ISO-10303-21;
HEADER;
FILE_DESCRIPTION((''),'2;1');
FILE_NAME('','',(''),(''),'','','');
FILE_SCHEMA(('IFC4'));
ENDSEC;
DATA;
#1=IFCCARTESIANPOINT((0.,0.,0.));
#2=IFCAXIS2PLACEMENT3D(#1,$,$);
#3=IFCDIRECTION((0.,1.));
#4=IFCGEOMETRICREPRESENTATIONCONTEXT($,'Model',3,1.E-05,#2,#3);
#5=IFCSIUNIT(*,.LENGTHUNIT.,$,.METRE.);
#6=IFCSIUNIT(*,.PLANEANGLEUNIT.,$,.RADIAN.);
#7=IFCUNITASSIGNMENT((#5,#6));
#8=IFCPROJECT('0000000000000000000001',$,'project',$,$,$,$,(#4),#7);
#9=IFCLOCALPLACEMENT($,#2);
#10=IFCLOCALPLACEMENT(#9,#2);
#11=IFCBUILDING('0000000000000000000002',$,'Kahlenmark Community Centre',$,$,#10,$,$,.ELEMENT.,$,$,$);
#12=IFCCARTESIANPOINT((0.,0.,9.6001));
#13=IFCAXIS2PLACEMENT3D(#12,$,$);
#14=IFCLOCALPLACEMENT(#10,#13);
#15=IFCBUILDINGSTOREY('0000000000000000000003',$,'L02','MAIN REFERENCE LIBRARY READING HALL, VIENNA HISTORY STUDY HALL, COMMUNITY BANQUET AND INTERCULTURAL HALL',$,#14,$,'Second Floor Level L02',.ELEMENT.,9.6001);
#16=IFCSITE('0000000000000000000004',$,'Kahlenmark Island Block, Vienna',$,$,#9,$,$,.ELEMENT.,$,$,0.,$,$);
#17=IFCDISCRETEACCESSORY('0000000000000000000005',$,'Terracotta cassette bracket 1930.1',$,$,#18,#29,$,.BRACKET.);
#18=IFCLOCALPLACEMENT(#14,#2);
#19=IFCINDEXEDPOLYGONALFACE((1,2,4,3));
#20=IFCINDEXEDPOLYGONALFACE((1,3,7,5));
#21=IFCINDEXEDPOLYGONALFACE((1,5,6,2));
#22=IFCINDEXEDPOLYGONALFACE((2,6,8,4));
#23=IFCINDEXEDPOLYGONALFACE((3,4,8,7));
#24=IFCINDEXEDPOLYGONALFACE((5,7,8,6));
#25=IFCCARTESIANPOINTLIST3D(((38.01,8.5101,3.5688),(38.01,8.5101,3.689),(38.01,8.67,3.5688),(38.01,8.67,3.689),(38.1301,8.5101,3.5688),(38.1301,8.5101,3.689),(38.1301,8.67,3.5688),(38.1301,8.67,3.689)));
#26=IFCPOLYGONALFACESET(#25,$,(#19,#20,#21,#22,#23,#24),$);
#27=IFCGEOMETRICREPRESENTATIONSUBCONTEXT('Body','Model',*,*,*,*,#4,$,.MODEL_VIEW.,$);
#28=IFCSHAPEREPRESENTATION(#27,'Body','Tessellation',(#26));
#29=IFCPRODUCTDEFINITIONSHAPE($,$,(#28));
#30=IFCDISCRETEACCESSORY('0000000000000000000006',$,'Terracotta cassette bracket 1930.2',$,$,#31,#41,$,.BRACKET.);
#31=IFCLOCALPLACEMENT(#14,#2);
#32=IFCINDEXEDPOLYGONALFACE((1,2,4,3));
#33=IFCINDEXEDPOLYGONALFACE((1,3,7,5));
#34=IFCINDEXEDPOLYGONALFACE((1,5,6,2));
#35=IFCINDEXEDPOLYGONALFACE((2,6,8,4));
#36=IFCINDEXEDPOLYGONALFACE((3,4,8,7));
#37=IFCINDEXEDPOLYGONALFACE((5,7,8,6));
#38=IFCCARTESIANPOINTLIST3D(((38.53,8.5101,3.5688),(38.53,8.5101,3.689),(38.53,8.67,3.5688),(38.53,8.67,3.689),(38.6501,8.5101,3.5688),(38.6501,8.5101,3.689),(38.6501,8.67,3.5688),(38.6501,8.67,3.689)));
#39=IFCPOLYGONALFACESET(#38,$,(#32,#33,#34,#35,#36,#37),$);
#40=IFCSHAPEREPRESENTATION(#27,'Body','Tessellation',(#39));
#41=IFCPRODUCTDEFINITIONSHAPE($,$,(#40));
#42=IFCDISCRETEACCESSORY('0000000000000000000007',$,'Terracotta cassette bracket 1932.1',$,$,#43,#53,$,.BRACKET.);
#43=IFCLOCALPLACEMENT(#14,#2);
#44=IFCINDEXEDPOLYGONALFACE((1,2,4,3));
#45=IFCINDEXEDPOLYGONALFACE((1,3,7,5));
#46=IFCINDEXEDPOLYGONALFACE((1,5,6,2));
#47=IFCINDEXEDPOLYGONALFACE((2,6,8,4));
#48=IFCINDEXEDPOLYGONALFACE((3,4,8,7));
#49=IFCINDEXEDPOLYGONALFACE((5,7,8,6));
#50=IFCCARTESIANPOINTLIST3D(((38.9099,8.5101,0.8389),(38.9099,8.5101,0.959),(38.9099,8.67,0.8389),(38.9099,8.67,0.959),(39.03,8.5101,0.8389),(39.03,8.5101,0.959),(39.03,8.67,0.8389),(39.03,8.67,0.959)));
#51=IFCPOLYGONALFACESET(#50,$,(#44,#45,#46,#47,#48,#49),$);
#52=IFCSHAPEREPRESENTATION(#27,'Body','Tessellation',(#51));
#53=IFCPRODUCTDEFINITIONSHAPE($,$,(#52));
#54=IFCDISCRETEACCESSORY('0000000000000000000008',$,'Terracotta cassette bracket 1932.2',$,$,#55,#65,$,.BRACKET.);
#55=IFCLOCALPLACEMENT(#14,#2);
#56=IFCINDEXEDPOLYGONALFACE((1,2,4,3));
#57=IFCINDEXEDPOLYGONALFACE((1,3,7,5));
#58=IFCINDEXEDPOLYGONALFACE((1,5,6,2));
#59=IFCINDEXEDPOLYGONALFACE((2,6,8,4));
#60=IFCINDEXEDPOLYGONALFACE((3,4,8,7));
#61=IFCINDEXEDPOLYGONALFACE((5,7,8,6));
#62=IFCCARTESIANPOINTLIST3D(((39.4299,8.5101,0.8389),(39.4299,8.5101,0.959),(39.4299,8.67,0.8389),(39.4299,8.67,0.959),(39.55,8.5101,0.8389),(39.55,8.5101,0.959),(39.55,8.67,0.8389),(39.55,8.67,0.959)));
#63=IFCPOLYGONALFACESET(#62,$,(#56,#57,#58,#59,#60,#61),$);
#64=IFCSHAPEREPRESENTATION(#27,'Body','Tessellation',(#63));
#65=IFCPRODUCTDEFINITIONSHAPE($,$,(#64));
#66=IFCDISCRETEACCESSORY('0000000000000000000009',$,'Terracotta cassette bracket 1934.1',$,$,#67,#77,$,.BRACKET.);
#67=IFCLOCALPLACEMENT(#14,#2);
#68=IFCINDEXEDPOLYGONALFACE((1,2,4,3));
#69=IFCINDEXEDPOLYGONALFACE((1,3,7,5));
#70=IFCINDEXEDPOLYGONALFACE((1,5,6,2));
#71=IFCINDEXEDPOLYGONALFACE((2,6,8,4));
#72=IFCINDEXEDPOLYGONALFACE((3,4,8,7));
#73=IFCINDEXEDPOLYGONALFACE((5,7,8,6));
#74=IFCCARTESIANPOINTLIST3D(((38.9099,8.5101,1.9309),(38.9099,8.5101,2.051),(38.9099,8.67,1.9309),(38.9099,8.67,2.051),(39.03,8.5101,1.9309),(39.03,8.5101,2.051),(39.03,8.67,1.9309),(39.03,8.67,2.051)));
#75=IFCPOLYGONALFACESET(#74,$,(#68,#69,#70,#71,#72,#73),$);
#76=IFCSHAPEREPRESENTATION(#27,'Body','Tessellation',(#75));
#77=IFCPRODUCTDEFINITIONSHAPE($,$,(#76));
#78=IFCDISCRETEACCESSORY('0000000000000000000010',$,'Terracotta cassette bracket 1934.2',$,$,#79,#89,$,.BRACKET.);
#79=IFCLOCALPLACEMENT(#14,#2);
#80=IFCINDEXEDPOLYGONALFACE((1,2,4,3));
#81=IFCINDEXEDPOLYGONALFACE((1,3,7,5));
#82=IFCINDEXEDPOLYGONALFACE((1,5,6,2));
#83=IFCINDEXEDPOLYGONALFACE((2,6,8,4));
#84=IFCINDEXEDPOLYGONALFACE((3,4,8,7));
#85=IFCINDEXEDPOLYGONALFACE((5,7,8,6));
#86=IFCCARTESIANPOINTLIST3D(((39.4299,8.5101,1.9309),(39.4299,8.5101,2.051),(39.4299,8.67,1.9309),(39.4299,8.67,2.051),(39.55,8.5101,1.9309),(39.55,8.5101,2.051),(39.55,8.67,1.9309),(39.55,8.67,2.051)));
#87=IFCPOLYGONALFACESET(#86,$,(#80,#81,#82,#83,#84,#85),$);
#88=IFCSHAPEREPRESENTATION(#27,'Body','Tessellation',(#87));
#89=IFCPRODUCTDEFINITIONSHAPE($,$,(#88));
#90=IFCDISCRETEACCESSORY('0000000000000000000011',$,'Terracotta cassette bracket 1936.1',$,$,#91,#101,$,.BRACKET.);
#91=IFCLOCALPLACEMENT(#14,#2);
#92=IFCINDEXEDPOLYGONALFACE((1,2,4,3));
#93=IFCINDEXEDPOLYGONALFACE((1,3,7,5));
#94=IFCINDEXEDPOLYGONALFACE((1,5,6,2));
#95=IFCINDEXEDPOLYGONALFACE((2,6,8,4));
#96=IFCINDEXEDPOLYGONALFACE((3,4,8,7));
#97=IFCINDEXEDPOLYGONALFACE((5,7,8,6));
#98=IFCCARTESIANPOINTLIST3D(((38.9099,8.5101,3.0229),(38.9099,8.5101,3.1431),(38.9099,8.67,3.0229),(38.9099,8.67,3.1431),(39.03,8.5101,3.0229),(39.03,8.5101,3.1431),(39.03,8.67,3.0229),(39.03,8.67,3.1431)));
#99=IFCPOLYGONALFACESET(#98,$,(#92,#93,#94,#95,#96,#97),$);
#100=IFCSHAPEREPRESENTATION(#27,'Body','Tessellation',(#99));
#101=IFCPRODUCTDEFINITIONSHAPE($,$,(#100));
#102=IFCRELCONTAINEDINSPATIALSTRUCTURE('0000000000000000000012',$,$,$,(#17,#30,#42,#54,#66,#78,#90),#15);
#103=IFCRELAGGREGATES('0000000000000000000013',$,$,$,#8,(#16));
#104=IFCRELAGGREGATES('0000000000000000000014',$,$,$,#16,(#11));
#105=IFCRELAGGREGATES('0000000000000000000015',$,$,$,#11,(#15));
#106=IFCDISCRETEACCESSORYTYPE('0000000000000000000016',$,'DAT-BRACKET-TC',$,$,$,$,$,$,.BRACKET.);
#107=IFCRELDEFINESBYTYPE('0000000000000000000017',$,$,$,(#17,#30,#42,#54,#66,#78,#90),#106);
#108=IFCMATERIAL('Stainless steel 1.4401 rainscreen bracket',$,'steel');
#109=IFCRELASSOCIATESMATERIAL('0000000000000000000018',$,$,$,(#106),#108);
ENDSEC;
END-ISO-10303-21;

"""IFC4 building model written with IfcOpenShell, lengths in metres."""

from ifc_helpers import new_model, si_unit, direction, frame, origin, origin_2d, place, context, subcontext, project, spatial, rectangle, extrude, material, type_object, element, save


model = new_model("IFC4")

# Units and contexts
model_context = context("Model", 3, precision=1e-05, world=origin(), true_north=direction((0.0, 1.0)))
body_context = subcontext(model_context, "Body", "Model", "MODEL_VIEW")
ifc_project = project(units=[si_unit("LENGTHUNIT", "METRE"), si_unit("PLANEANGLEUNIT", "RADIAN")], contexts=[model_context])

# Site, building, storey
site_placement = place(None, origin())
site = spatial("IfcSite", under=ifc_project, at=site_placement, Name="Kahlenmark Island Block, Vienna", CompositionType="ELEMENT", RefElevation=0.0)
building_placement = place(site_placement, origin())
building = spatial("IfcBuilding", under=site, at=building_placement, Name="Kahlenmark Community Centre", CompositionType="ELEMENT")
storey_placement = place(building_placement, frame((0.0, 0.0, 9.6001)))
storey = spatial("IfcBuildingStorey", under=building, at=storey_placement, Name="L02", Description="MAIN REFERENCE LIBRARY READING HALL, VIENNA HISTORY STUDY HALL, COMMUNITY BANQUET AND INTERCULTURAL HALL", LongName="Second Floor Level L02", CompositionType="ELEMENT", Elevation=9.6001)

# Discrete accessories
ifc_material_1 = material(Name="Stainless steel 1.4401 rainscreen bracket", Category="steel")
discrete_accessory_type = type_object("IfcDiscreteAccessoryType", Name="DAT-BRACKET-TC", PredefinedType="BRACKET", material=ifc_material_1)
for number, where, z_axis, x_axis, name in (
    (1, (38.0701, 8.5901, 3.5688), (0.0, 0.0, 1.0), (1.0, 0.0, 0.0), "Terracotta cassette bracket 1930.1"),
    (2, (38.5901, 8.5901, 3.5688), (0.0, 0.0, 1.0), (1.0, 0.0, 0.0), "Terracotta cassette bracket 1930.2"),
    (3, (38.97, 8.5901, 0.8389), (0.0, 0.0, 1.0), (1.0, 0.0, 0.0), "Terracotta cassette bracket 1932.1"),
    (4, (39.49, 8.5901, 0.8389), (0.0, 0.0, 1.0), (1.0, 0.0, 0.0), "Terracotta cassette bracket 1932.2"),
    (5, (38.97, 8.5901, 1.9309), (0.0, 0.0, 1.0), (1.0, 0.0, 0.0), "Terracotta cassette bracket 1934.1"),
    (6, (39.49, 8.5901, 1.9309), (0.0, 0.0, 1.0), (1.0, 0.0, 0.0), "Terracotta cassette bracket 1934.2"),
    (7, (38.97, 8.5901, 3.0229), (0.0, 0.0, 1.0), (1.0, 0.0, 0.0), "Terracotta cassette bracket 1936.1"),
):
    element("IfcDiscreteAccessory", number, at=place(storey_placement, frame(where, z_axis=z_axis, x_axis=x_axis)), inside=storey, type_object=discrete_accessory_type, Name=name, PredefinedType="BRACKET", context=body_context, shape_type="SweptSolid", body=[
        extrude(rectangle(XDim=0.1201, YDim=0.1599, at=origin_2d()), origin(), (0.0, 0.0, 1.0), 0.1201),
    ])

save(model, "model.ifc")
